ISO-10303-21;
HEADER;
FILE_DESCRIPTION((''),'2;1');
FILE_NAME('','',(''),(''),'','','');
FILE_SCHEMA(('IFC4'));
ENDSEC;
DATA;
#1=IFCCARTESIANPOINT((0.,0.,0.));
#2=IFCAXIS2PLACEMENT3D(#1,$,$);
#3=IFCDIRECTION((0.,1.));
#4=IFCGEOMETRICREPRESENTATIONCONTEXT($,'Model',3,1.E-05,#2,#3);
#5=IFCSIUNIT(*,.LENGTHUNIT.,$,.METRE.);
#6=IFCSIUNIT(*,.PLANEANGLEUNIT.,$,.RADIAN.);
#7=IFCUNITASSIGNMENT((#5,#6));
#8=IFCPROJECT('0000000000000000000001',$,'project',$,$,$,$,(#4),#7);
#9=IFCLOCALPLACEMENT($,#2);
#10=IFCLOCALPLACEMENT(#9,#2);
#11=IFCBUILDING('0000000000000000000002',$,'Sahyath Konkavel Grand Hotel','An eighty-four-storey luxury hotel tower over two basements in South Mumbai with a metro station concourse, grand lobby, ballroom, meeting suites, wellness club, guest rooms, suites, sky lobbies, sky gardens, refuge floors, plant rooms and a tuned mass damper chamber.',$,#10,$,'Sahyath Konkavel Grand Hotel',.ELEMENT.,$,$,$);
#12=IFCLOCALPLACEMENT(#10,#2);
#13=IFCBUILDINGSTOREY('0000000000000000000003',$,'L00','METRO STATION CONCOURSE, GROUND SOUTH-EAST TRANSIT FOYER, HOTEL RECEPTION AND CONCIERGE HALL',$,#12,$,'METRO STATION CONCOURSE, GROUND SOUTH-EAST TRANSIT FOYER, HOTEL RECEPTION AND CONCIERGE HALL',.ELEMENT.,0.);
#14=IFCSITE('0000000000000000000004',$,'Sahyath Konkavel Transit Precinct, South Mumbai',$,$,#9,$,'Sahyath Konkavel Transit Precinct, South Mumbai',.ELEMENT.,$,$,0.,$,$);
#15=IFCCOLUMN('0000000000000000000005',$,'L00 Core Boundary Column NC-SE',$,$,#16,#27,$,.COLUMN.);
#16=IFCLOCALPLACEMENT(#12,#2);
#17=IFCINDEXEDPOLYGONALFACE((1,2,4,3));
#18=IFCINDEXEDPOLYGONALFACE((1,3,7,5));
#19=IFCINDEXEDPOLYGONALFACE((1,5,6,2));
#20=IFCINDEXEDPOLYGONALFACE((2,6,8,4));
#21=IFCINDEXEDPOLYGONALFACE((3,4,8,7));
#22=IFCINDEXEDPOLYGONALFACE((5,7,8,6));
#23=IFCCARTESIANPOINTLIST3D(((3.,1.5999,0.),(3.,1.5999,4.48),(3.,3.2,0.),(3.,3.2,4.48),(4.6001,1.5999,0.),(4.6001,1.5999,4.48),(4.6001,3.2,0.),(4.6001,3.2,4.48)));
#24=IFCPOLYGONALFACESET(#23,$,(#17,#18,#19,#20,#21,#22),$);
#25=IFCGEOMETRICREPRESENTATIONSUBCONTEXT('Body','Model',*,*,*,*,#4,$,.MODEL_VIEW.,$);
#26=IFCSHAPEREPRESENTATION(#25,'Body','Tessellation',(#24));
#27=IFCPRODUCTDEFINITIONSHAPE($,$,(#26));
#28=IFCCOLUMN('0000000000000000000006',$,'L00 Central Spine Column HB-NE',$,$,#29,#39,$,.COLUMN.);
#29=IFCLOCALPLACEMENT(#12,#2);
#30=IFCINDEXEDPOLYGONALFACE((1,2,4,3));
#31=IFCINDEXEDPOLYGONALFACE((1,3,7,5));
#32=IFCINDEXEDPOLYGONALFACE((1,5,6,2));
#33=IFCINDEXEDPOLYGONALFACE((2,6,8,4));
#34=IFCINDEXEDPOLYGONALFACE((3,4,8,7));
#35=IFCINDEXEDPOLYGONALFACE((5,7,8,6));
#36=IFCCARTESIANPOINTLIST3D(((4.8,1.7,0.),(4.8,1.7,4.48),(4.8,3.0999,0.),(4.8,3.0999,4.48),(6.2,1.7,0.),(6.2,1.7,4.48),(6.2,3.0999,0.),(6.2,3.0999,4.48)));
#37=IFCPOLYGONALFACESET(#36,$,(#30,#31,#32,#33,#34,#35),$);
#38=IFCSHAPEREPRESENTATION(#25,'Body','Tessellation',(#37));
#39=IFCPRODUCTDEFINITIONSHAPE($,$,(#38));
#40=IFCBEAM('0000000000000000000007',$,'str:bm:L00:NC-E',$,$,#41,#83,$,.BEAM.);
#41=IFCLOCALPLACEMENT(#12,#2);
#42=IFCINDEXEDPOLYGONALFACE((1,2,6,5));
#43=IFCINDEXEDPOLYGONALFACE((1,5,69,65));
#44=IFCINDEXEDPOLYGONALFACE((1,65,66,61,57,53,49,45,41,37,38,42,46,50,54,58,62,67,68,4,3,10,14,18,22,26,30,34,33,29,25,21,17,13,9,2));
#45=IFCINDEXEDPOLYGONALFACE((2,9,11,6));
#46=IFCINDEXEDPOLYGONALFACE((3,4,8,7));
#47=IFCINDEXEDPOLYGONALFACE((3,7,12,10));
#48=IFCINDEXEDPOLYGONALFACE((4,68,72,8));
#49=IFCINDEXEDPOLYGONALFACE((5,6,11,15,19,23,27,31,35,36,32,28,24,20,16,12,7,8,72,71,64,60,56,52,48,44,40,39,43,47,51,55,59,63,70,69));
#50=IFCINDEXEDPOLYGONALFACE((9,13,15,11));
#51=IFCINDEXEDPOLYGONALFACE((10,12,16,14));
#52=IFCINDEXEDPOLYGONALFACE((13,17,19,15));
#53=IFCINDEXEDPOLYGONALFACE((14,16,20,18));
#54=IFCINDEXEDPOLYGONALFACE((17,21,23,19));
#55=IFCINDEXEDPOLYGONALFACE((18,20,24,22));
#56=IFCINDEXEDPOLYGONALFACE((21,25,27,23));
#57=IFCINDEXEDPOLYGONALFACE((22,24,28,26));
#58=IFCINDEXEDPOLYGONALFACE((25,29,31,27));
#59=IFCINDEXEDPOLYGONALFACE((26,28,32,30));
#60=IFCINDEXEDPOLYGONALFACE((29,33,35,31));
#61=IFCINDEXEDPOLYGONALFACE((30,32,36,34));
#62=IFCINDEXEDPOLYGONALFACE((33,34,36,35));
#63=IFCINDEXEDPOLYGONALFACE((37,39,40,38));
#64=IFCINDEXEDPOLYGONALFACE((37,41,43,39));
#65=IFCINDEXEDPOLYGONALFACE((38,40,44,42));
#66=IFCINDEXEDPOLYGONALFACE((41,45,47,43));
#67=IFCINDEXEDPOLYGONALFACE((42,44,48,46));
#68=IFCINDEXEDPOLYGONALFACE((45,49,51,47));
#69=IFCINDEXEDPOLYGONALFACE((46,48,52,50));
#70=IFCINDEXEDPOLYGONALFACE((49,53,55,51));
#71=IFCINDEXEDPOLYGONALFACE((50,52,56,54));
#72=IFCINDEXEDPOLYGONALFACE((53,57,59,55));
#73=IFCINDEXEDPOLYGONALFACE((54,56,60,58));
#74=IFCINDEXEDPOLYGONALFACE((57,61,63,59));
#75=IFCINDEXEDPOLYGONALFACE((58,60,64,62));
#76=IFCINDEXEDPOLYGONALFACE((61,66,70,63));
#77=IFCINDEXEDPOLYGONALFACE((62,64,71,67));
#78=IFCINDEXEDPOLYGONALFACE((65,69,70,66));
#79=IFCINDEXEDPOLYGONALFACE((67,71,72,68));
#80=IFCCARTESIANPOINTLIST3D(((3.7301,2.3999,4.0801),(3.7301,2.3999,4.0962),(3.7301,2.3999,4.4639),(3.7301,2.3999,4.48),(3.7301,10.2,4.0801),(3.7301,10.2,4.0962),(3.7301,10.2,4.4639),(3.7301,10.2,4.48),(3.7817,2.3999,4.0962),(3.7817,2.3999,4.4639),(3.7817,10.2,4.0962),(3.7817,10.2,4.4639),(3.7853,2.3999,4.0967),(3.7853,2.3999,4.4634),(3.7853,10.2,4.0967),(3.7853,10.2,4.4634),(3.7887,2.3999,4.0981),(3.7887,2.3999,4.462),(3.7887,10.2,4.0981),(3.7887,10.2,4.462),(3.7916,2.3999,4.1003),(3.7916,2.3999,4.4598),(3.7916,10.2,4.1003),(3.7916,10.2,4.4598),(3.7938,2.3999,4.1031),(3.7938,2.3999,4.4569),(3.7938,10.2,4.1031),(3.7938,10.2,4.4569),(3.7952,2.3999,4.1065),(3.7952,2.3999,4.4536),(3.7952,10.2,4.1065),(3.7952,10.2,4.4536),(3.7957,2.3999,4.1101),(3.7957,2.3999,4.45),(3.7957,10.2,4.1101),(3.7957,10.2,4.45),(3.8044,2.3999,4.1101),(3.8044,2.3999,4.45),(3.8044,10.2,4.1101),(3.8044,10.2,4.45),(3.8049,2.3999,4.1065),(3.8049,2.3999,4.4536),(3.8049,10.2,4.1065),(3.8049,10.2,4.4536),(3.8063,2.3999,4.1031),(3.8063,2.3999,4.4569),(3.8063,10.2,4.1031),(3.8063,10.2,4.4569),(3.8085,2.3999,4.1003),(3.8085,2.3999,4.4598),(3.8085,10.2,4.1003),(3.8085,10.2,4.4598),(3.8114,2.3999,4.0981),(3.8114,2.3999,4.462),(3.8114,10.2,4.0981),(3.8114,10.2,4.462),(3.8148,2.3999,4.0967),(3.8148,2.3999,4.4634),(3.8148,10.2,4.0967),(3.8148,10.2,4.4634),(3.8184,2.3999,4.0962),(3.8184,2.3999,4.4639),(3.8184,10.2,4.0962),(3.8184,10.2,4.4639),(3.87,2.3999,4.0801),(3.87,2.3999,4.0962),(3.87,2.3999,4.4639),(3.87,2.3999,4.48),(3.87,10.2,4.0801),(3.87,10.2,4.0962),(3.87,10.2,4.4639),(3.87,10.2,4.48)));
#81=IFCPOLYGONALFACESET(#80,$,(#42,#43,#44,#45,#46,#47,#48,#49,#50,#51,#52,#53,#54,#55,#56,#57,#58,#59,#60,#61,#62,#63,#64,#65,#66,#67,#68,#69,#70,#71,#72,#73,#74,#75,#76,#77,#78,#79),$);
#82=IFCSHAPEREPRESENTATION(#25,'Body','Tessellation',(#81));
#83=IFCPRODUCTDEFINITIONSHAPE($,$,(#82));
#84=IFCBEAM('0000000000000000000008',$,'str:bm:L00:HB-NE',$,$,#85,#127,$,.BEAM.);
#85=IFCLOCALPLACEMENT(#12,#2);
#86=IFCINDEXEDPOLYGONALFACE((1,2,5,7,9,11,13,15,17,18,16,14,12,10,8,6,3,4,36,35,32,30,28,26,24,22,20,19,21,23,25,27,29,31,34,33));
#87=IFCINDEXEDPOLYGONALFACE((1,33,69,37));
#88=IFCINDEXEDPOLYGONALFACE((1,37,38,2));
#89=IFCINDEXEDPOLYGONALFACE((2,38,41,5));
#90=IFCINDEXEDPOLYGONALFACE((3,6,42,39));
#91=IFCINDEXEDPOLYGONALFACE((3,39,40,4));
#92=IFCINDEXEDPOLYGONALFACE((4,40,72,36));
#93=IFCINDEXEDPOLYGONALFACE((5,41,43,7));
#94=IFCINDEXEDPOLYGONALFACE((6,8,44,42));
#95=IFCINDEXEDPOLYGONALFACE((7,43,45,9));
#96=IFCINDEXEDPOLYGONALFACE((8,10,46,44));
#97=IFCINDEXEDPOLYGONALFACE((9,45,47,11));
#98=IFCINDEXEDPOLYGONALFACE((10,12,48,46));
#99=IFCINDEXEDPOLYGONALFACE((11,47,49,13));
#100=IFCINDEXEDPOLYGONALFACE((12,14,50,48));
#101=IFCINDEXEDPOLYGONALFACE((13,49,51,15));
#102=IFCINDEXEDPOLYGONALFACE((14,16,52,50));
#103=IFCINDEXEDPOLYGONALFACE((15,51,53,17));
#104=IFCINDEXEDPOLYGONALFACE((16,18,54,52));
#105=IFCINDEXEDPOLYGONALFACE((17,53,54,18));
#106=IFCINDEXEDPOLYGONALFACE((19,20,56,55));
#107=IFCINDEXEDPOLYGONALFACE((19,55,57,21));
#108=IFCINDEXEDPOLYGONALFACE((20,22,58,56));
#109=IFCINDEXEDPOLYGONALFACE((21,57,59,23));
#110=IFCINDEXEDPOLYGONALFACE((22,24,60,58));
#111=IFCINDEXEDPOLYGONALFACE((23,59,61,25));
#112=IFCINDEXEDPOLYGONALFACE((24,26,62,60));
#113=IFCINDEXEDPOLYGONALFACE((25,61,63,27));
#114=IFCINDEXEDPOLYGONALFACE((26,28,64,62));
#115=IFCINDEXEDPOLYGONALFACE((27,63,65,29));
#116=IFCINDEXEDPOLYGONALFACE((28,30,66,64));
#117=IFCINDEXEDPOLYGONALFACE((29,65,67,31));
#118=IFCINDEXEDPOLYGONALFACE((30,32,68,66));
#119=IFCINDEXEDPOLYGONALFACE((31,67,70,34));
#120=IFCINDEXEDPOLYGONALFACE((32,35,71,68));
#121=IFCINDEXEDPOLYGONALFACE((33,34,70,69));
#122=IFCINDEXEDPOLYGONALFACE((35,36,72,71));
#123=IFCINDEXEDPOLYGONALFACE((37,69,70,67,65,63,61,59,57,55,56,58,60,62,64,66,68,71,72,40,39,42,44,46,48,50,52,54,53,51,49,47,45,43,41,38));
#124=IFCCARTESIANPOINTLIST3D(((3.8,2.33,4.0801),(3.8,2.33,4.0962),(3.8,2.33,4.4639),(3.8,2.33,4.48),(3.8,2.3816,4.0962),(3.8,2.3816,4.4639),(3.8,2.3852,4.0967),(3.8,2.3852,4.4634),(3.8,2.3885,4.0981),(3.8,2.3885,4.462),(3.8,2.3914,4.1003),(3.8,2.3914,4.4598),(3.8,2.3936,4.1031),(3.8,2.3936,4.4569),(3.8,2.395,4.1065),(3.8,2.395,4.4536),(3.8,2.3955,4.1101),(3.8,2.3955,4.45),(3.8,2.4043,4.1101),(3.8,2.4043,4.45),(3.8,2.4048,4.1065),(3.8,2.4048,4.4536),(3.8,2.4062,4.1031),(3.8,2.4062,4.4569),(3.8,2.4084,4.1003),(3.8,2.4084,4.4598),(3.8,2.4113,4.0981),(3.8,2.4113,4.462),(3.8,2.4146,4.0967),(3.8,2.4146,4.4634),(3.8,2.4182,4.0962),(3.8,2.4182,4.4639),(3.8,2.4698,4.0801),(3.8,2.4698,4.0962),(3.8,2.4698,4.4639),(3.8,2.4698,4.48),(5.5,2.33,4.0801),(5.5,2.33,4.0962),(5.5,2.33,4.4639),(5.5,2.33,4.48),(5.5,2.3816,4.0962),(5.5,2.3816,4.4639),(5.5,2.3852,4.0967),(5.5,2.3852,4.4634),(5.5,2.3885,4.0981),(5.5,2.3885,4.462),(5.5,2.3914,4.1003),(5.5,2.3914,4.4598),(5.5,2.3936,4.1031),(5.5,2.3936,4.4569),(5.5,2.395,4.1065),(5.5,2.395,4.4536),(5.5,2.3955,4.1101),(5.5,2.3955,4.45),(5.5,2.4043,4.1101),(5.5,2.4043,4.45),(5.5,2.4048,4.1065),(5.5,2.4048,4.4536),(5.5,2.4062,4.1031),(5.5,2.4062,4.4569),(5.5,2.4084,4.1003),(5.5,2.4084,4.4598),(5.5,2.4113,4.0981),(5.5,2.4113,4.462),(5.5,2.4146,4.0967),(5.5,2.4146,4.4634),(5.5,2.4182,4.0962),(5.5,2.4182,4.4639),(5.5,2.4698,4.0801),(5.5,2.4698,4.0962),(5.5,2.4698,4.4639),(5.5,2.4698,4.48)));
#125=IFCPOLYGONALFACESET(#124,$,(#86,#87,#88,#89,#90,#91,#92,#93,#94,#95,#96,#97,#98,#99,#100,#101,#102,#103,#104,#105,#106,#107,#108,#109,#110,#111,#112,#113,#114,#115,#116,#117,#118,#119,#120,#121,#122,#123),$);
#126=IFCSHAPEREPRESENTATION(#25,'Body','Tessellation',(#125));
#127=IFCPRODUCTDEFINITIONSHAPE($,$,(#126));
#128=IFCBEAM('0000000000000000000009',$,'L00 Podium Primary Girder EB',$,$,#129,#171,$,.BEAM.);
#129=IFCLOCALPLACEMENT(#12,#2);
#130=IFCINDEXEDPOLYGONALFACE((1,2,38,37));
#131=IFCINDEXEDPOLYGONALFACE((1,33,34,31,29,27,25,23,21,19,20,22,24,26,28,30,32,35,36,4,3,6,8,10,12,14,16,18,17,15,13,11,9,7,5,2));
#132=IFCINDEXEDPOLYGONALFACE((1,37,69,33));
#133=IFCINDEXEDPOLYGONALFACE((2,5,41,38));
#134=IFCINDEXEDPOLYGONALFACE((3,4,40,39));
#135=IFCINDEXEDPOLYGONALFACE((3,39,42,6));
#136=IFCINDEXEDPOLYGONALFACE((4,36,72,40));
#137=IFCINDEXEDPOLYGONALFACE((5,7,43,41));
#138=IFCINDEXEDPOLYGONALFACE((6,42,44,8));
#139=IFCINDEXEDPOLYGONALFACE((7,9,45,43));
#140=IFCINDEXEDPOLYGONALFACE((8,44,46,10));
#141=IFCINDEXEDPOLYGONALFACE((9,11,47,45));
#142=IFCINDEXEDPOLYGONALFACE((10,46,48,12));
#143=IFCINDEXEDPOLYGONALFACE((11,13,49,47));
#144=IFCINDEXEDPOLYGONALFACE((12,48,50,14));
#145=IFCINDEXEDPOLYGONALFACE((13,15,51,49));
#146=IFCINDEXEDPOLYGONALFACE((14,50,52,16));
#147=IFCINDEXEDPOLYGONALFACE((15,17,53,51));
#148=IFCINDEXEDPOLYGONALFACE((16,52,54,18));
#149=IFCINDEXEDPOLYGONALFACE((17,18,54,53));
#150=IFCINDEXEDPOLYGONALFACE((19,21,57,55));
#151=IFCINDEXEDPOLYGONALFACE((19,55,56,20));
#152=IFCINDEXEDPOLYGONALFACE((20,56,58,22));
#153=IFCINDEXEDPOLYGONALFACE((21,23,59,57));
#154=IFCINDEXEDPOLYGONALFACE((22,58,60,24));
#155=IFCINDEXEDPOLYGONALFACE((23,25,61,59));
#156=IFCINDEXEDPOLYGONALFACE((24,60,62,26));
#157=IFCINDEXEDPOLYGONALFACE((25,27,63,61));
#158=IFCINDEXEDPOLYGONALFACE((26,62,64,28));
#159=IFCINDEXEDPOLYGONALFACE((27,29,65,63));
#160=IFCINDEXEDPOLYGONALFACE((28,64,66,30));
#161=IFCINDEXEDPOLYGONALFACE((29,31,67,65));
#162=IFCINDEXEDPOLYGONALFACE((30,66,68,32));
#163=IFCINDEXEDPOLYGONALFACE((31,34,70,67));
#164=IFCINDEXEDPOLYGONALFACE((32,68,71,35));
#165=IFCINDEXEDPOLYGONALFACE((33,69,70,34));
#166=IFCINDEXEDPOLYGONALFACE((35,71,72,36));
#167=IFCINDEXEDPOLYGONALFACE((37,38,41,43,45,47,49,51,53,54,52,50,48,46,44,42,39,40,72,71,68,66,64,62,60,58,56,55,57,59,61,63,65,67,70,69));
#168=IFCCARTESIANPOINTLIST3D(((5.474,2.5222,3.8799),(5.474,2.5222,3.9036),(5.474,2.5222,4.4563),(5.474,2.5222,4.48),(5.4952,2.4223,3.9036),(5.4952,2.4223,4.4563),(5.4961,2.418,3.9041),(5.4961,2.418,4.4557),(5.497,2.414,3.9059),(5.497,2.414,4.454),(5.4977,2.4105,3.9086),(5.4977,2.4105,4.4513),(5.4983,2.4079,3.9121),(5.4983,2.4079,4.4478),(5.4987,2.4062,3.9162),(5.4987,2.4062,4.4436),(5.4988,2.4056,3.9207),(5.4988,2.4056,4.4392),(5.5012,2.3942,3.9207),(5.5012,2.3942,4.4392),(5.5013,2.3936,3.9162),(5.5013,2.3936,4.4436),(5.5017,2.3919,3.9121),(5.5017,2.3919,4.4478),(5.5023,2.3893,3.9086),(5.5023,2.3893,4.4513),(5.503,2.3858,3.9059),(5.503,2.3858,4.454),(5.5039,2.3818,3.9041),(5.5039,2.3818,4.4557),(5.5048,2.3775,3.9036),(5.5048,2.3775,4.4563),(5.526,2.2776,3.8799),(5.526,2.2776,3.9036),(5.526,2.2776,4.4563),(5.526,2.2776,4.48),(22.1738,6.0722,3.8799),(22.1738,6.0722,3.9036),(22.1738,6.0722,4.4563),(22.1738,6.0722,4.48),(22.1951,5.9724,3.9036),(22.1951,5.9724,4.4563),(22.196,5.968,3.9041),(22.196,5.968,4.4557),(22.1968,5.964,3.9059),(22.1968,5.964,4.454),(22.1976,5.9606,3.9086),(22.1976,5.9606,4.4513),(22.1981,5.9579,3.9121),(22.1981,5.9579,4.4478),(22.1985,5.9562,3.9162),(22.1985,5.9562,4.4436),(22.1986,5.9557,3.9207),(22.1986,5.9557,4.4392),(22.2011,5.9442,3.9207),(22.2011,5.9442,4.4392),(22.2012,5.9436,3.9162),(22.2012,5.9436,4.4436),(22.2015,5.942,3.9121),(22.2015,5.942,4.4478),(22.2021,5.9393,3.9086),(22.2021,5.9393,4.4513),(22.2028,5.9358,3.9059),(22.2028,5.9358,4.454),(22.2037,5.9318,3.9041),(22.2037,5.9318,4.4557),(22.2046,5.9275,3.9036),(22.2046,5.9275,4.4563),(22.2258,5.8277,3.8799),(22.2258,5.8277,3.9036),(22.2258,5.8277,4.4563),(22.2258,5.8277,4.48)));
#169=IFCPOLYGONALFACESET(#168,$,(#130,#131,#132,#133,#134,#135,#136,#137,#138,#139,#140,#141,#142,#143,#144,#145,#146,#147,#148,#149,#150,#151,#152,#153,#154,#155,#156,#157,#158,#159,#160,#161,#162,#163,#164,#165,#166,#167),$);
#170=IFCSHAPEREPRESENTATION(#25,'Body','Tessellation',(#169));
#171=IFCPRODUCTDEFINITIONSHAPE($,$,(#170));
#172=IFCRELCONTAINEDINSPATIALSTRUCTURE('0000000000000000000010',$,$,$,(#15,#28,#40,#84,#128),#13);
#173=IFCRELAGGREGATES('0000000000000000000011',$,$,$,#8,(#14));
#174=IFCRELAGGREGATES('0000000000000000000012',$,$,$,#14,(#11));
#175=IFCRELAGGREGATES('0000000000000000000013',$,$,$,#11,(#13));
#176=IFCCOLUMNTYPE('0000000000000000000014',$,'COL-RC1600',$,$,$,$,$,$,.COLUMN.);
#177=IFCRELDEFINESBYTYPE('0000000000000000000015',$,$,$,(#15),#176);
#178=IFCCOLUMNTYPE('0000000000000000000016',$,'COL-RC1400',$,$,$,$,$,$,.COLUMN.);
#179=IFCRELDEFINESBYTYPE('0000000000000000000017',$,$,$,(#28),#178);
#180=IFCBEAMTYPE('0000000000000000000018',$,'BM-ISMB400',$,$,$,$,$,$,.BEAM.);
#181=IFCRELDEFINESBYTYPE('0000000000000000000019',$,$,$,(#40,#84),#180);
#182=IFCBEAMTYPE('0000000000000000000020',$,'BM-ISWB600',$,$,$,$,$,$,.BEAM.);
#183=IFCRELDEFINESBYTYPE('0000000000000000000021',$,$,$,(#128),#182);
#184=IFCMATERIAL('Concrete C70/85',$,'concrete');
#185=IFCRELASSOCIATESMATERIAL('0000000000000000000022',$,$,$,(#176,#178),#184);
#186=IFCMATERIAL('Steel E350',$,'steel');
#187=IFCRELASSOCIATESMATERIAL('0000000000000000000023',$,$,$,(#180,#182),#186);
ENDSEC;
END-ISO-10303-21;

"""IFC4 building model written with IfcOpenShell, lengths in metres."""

from ifc_helpers import new_model, si_unit, direction, frame, origin, origin_2d, place, context, subcontext, project, spatial, rectangle, i_section, extrude, source, transform, mapped, material, material_profile, profile_set, type_object, element, save


model = new_model("IFC4")

# Units and contexts
model_context = context("Model", 3, precision=1e-05, world=origin(), true_north=direction((0.0, 1.0)))
body_context = subcontext(model_context, "Body", "Model", "MODEL_VIEW")
ifc_project = project(units=[si_unit("LENGTHUNIT", "METRE"), si_unit("PLANEANGLEUNIT", "RADIAN")], contexts=[model_context])

# Site, building, storey
site_placement = place(None, origin())
site = spatial("IfcSite", under=ifc_project, at=site_placement, Name="Sahyath Konkavel Transit Precinct, South Mumbai", LongName="Sahyath Konkavel Transit Precinct, South Mumbai", CompositionType="ELEMENT", RefElevation=0.0)
building_placement = place(site_placement, origin())
building = spatial("IfcBuilding", under=site, at=building_placement, Name="Sahyath Konkavel Grand Hotel", Description="An eighty-four-storey luxury hotel tower over two basements in South Mumbai with a metro station concourse, grand lobby, ballroom, meeting suites, wellness club, guest rooms, suites, sky lobbies, sky gardens, refuge floors, plant rooms and a tuned mass damper chamber.", LongName="Sahyath Konkavel Grand Hotel", CompositionType="ELEMENT")
storey_placement = place(building_placement, origin())
storey = spatial("IfcBuildingStorey", under=building, at=storey_placement, Name="L00", Description="METRO STATION CONCOURSE, GROUND SOUTH-EAST TRANSIT FOYER, HOTEL RECEPTION AND CONCIERGE HALL", LongName="METRO STATION CONCOURSE, GROUND SOUTH-EAST TRANSIT FOYER, HOTEL RECEPTION AND CONCIERGE HALL", CompositionType="ELEMENT", Elevation=0.0)

# Columns
ifc_material_1 = material(Name="Concrete C70/85", Category="concrete")
ifc_material_profile_1 = material_profile(ifc_material_1, rectangle(XDim=1.6001, YDim=1.6001, at=origin_2d()), Name="RC 1600x1600")
ifc_profile_set_1 = profile_set([ifc_material_profile_1], Name="Concrete C70/85")
column_type_1 = type_object("IfcColumnType", Name="COL-RC1600", PredefinedType="COLUMN", material=ifc_profile_set_1)
shared_shape_1 = source(origin(), body_context, "Body", "SweptSolid", [
    extrude(rectangle(XDim=1.6001, YDim=1.6001, at=origin_2d()), origin(), (0.0, 0.0, 1.0), 4.48),
])
column_1_placement = place(storey_placement, frame((3.8, 2.3999, 0.0), z_axis=(0.0, 0.0, 1.0), x_axis=(1.0, 0.0, 0.0)))
element("IfcColumn", 1, at=column_1_placement, inside=storey, type_object=column_type_1, Name="L00 Core Boundary Column NC-SE", PredefinedType="COLUMN", context=body_context, shape_type="MappedRepresentation", body=[
    mapped(shared_shape_1, transform((0.0, 0.0, 0.0), scale=1.0)),
])
ifc_material_profile_2 = material_profile(ifc_material_1, rectangle(XDim=1.3999, YDim=1.3999, at=origin_2d()), Name="RC 1400x1400")
ifc_profile_set_2 = profile_set([ifc_material_profile_2], Name="Concrete C70/85")
column_type_2 = type_object("IfcColumnType", Name="COL-RC1400", PredefinedType="COLUMN", material=ifc_profile_set_2)
shared_shape_2 = source(origin(), body_context, "Body", "SweptSolid", [
    extrude(rectangle(XDim=1.3999, YDim=1.3999, at=origin_2d()), origin(), (0.0, 0.0, 1.0), 4.48),
])
column_2_placement = place(storey_placement, frame((5.5, 2.3999, 0.0), z_axis=(0.0, 0.0, 1.0), x_axis=(1.0, 0.0, 0.0)))
element("IfcColumn", 2, at=column_2_placement, inside=storey, type_object=column_type_2, Name="L00 Central Spine Column HB-NE", PredefinedType="COLUMN", context=body_context, shape_type="MappedRepresentation", body=[
    mapped(shared_shape_2, transform((0.0, 0.0, 0.0), scale=1.0)),
])

# Beams
ifc_material_2 = material(Name="Steel E350", Category="steel")
ifc_material_profile_3 = material_profile(ifc_material_2, i_section(OverallWidth=0.1399, OverallDepth=0.3999, WebThickness=0.0088, FlangeThickness=0.0161, FilletRadius=0.0139, at=origin_2d()), Name="ISMB 400")
ifc_profile_set_3 = profile_set([ifc_material_profile_3], Name="Steel E350")
beam_type_1 = type_object("IfcBeamType", Name="BM-ISMB400", PredefinedType="BEAM", material=ifc_profile_set_3)
shared_shape_3 = source(origin(), body_context, "Body", "SweptSolid", [
    extrude(i_section(OverallWidth=0.1399, OverallDepth=0.3999, WebThickness=0.0088, FlangeThickness=0.0161, FilletRadius=0.0139, at=origin_2d()), origin(), (0.0, 0.0, 1.0), 7.8),
])
beam_1_placement = place(storey_placement, frame((3.8, 2.3999, 4.28), z_axis=(0.0, 1.0, 0.0), x_axis=(-1.0, 0.0, 0.0)))
element("IfcBeam", 3, at=beam_1_placement, inside=storey, type_object=beam_type_1, Name="str:bm:L00:NC-E", PredefinedType="BEAM", context=body_context, shape_type="MappedRepresentation", body=[
    mapped(shared_shape_3, transform((0.0, 0.0, 0.0), scale=1.0)),
])
shared_shape_4 = source(origin(), body_context, "Body", "SweptSolid", [
    extrude(i_section(OverallWidth=0.1399, OverallDepth=0.3999, WebThickness=0.0088, FlangeThickness=0.0161, FilletRadius=0.0139, at=origin_2d()), origin(), (0.0, 0.0, 1.0), 1.7),
])
beam_2_placement = place(storey_placement, frame((3.8, 2.3999, 4.28), z_axis=(1.0, 0.0, 0.0), x_axis=(0.0, 1.0, 0.0)))
element("IfcBeam", 4, at=beam_2_placement, inside=storey, type_object=beam_type_1, Name="str:bm:L00:HB-NE", PredefinedType="BEAM", context=body_context, shape_type="MappedRepresentation", body=[
    mapped(shared_shape_4, transform((0.0, 0.0, 0.0), scale=1.0)),
])
ifc_material_profile_4 = material_profile(ifc_material_2, i_section(OverallWidth=0.25, OverallDepth=0.6001, WebThickness=0.0117, FlangeThickness=0.0237, FilletRadius=0.0171, at=origin_2d()), Name="ISWB 600")
ifc_profile_set_4 = profile_set([ifc_material_profile_4], Name="Steel E350")
beam_type_2 = type_object("IfcBeamType", Name="BM-ISWB600", PredefinedType="BEAM", material=ifc_profile_set_4)
shared_shape_5 = source(origin(), body_context, "Body", "SweptSolid", [
    extrude(i_section(OverallWidth=0.25, OverallDepth=0.6001, WebThickness=0.0117, FlangeThickness=0.0237, FilletRadius=0.0171, at=origin_2d()), origin(), (0.0, 0.0, 1.0), 17.073),
])
beam_3_placement = place(storey_placement, frame((5.5, 2.3999, 4.1799), z_axis=(0.978143, 0.207932, 0.0), x_axis=(-0.207932, 0.978143, 0.0)))
element("IfcBeam", 5, at=beam_3_placement, inside=storey, type_object=beam_type_2, Name="L00 Podium Primary Girder EB", PredefinedType="BEAM", context=body_context, shape_type="MappedRepresentation", body=[
    mapped(shared_shape_5, transform((0.0, 0.0, 0.0), scale=1.0)),
])

save(model, "model.ifc")
